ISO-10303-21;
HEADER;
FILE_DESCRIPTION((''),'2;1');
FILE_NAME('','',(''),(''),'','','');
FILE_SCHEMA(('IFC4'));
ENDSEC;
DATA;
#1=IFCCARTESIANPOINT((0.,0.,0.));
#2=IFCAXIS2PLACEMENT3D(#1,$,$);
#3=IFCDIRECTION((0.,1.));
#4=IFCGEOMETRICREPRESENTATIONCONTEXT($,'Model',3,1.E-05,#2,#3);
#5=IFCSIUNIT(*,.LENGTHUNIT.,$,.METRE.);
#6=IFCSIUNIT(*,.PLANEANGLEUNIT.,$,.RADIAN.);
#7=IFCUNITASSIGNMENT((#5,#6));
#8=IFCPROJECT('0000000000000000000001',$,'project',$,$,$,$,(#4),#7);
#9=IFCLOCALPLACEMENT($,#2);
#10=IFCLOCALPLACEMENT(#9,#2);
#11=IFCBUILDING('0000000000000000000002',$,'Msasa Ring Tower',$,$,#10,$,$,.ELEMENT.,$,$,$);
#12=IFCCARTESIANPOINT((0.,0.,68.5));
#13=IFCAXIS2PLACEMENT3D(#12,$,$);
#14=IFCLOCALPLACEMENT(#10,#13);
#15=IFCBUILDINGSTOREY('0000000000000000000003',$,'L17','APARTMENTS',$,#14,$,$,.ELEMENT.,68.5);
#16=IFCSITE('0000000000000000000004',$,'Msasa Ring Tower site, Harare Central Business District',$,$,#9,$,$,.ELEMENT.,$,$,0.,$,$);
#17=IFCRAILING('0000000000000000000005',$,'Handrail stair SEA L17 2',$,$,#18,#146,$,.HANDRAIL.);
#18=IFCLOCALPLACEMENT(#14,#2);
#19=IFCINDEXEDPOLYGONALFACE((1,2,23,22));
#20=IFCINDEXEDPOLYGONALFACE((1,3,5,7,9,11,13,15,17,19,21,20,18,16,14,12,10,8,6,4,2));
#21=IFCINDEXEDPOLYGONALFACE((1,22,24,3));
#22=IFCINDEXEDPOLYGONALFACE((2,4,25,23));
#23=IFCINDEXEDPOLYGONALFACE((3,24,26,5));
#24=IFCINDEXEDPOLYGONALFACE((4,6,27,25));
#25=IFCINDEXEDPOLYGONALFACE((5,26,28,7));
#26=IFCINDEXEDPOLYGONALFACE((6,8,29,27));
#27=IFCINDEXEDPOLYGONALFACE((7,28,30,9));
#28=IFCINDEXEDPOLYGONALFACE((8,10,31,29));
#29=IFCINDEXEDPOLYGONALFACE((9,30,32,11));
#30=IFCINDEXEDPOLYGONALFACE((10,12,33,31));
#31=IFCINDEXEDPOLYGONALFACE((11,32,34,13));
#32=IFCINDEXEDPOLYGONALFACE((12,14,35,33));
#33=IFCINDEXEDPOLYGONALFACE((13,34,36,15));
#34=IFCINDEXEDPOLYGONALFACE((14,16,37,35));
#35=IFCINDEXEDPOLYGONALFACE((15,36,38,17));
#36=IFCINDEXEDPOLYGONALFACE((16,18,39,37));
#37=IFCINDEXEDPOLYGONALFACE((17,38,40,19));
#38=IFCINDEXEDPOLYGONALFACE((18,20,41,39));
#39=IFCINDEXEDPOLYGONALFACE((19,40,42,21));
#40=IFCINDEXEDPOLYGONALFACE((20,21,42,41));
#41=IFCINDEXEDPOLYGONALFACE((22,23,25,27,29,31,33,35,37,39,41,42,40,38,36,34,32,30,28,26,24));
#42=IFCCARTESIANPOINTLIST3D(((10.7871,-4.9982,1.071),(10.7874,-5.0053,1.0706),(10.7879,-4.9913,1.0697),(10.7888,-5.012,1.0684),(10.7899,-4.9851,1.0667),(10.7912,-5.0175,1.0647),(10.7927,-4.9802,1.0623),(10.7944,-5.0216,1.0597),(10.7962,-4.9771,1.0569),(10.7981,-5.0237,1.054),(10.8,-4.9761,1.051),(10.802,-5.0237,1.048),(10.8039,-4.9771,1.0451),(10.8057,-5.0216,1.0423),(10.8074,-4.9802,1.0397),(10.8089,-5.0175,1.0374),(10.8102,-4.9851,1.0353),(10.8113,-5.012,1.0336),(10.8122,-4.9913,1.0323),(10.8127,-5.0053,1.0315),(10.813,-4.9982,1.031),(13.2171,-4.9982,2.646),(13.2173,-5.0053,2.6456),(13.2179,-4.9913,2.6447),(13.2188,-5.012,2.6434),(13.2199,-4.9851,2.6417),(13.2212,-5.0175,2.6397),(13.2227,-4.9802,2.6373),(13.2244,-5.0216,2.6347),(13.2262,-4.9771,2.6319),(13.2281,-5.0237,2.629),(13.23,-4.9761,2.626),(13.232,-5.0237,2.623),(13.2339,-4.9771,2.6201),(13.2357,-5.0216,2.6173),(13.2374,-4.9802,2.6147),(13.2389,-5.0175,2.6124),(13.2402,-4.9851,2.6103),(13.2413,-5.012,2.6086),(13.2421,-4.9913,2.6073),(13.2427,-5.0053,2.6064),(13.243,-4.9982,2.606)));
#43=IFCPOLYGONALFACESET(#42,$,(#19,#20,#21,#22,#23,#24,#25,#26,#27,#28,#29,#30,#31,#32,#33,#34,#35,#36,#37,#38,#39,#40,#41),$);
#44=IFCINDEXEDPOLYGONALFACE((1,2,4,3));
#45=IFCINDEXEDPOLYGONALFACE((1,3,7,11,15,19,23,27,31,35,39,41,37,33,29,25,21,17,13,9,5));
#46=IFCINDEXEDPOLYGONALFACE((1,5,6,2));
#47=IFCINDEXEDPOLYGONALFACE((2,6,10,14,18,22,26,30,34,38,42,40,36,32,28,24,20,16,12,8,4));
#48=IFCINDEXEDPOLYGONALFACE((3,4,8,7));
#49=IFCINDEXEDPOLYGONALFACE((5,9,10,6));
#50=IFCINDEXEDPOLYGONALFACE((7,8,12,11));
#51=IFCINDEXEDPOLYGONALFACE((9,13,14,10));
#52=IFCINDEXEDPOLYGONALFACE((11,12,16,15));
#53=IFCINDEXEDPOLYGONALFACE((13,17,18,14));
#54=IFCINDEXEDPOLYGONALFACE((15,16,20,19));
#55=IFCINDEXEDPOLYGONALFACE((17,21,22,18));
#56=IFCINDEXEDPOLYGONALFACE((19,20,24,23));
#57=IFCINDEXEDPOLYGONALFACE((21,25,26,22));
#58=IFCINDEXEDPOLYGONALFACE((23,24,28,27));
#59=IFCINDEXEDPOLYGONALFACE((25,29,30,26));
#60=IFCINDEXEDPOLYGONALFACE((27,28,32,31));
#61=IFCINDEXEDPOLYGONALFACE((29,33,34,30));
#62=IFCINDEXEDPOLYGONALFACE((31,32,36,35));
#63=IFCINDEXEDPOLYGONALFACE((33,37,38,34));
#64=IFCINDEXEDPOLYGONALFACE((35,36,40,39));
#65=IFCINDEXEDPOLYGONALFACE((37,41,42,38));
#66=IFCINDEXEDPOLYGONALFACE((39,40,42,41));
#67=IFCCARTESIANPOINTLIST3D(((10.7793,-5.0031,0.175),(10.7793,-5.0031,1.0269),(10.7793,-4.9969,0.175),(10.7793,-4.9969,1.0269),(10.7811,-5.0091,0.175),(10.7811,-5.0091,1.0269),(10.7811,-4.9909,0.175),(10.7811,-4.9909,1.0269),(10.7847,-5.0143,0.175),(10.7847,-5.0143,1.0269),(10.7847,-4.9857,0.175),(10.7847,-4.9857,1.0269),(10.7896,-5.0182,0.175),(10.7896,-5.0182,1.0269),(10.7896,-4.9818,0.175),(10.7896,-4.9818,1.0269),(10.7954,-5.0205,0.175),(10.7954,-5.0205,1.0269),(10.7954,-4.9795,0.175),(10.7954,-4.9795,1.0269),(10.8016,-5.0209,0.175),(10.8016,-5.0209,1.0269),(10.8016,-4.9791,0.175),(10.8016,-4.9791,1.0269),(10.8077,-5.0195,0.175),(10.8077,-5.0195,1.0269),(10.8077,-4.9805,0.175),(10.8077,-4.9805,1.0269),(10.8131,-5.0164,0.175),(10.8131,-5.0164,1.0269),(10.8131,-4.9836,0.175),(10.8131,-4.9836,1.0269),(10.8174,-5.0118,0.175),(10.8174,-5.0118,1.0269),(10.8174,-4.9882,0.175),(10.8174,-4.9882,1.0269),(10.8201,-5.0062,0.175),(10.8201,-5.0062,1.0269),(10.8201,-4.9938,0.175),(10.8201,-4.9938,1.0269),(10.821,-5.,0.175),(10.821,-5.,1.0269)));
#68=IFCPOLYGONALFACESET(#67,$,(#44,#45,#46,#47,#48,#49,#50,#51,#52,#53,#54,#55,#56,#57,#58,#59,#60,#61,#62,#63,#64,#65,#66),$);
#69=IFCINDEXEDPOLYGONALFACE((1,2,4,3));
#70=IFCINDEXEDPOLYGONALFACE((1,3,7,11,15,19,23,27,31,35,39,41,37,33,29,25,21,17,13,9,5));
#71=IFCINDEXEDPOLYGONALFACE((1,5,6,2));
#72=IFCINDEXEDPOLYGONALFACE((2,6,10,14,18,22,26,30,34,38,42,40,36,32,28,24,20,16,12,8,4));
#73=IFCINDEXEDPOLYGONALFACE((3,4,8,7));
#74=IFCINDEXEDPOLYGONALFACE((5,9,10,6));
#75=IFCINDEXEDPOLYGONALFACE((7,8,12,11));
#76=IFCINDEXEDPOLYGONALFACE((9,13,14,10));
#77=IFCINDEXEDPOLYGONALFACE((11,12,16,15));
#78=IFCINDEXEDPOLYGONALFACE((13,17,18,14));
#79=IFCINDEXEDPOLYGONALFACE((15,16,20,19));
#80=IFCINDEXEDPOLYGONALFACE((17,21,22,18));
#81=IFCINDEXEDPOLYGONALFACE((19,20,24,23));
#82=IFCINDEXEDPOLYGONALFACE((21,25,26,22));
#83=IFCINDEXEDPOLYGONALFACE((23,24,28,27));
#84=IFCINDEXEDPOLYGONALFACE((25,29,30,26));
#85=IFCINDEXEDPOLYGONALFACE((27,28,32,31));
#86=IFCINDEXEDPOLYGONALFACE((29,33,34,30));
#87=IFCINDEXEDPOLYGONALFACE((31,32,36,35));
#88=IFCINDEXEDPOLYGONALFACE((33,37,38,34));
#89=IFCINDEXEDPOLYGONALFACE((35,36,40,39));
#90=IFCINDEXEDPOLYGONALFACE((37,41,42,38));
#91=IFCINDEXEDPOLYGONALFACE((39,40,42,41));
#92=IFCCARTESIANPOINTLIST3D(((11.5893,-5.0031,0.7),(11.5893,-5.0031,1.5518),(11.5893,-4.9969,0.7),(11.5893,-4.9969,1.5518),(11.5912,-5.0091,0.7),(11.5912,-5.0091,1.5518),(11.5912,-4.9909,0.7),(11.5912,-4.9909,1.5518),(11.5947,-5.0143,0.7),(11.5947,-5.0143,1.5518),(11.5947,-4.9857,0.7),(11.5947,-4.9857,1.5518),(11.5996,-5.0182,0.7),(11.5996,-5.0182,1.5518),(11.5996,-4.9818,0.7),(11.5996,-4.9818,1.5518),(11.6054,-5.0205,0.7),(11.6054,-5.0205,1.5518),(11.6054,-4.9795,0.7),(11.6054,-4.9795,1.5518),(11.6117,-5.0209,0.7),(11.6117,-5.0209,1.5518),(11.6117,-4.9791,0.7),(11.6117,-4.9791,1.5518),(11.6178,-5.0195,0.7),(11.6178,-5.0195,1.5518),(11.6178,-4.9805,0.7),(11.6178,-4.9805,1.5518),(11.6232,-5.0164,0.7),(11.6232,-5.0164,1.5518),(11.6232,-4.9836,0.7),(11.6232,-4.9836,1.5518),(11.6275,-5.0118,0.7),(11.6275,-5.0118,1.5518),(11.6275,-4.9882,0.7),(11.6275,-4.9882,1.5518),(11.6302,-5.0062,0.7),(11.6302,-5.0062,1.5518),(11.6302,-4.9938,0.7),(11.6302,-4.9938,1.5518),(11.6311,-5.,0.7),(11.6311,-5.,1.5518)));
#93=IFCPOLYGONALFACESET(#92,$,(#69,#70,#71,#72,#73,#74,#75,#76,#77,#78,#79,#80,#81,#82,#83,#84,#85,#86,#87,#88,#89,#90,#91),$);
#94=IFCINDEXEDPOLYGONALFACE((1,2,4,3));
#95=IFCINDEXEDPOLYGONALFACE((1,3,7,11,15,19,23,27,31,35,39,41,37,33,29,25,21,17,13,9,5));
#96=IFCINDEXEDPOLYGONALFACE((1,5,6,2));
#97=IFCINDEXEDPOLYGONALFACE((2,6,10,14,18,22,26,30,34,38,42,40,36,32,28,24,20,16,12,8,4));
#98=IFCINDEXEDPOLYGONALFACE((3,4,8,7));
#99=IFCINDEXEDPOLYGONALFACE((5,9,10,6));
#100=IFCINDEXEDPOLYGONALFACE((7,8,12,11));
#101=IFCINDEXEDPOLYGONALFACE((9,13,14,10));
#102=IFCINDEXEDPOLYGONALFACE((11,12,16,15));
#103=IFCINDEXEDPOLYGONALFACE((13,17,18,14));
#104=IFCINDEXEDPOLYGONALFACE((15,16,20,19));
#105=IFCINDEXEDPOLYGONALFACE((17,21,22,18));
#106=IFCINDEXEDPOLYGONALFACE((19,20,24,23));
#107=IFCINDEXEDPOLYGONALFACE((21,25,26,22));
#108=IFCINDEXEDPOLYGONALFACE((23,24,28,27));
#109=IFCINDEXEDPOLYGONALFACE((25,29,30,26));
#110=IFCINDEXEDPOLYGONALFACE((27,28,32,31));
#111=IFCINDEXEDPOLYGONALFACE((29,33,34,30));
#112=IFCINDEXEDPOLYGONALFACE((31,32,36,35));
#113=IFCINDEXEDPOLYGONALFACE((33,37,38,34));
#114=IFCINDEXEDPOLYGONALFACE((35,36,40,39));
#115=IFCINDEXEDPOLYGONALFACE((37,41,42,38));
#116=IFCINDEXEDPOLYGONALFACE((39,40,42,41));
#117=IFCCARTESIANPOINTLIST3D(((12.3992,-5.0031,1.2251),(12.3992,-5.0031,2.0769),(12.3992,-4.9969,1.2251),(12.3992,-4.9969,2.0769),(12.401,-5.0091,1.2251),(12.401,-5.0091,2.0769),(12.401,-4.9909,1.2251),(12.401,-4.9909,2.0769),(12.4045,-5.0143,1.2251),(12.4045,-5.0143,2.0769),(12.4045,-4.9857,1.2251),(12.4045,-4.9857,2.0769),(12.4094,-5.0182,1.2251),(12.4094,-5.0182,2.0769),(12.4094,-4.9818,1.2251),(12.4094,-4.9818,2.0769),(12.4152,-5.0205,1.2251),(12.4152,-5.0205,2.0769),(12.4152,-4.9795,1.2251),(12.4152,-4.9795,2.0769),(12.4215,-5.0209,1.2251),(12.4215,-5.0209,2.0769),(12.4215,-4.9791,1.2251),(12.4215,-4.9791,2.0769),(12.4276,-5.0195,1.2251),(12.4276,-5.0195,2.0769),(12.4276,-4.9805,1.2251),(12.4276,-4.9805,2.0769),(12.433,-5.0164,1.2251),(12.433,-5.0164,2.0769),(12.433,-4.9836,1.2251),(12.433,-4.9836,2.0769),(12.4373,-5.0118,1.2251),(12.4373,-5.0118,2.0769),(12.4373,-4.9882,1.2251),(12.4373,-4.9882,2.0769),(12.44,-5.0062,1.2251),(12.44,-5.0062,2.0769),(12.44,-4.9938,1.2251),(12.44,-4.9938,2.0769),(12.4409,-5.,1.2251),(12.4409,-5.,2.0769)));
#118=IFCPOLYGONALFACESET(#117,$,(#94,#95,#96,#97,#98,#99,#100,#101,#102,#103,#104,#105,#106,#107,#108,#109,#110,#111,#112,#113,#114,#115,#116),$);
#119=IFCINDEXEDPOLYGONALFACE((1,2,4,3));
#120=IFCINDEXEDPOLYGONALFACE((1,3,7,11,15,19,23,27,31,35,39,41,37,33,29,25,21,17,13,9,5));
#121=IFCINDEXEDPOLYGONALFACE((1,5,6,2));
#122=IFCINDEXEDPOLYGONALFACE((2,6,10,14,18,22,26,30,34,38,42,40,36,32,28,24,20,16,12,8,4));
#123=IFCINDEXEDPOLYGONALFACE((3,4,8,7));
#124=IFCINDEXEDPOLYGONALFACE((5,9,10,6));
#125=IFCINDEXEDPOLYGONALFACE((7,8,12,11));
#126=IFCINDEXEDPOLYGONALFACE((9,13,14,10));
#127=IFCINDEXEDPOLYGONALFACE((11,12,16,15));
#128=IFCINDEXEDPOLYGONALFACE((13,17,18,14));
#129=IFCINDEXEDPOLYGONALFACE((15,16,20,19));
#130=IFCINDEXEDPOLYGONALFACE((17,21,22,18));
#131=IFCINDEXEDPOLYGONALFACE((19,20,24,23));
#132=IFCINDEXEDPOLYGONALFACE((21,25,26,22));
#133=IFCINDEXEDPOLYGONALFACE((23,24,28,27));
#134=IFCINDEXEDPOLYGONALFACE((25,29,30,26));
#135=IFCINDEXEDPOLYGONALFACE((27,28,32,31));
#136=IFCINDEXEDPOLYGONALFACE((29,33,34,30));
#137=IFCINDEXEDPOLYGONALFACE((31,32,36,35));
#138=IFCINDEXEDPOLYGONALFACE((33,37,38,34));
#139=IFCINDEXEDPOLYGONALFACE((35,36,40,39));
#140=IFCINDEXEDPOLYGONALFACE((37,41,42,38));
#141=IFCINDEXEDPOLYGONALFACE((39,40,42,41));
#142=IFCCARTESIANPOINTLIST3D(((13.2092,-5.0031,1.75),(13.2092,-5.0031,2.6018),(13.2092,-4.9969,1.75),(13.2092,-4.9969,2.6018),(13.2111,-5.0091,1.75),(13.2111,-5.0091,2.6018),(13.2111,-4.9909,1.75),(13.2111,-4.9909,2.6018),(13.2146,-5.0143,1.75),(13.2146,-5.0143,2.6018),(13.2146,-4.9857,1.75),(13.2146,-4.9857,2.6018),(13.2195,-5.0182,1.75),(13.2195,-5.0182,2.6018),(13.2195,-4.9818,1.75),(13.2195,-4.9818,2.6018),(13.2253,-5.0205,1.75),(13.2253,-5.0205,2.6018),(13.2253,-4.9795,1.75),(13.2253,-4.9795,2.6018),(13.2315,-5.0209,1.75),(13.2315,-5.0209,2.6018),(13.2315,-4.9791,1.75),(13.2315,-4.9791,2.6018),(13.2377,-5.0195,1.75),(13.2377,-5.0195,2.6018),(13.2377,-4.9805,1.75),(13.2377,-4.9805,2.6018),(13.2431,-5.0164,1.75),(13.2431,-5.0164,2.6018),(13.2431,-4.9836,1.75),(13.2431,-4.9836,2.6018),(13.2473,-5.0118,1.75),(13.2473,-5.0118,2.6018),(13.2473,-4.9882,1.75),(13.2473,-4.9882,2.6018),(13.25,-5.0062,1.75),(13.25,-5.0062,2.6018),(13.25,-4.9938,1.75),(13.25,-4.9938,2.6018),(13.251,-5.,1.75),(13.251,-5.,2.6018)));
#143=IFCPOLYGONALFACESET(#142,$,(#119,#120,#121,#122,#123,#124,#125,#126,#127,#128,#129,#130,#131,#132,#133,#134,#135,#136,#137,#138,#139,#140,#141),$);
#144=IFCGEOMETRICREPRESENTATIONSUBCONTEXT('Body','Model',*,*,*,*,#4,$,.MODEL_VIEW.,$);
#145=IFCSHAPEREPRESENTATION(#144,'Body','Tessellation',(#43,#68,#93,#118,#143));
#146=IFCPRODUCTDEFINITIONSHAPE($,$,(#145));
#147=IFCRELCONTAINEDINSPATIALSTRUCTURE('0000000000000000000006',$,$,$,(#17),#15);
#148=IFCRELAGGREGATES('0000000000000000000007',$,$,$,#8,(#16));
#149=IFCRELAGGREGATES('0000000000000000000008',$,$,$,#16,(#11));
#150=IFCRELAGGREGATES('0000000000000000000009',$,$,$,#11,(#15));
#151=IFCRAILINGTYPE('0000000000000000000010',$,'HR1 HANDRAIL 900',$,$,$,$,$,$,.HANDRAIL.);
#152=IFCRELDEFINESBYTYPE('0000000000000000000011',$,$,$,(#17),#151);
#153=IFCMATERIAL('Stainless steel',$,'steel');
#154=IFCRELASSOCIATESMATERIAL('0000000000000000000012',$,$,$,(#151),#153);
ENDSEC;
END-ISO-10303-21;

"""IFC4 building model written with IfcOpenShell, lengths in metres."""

from ifc_helpers import new_model, si_unit, direction, frame, origin, origin_2d, place, context, subcontext, project, spatial, circle, extrude, material, type_object, element, save


model = new_model("IFC4")

# Units and contexts
model_context = context("Model", 3, precision=1e-05, world=origin(), true_north=direction((0.0, 1.0)))
body_context = subcontext(model_context, "Body", "Model", "MODEL_VIEW")
ifc_project = project(units=[si_unit("LENGTHUNIT", "METRE"), si_unit("PLANEANGLEUNIT", "RADIAN")], contexts=[model_context])

# Site, building, storey
site_placement = place(None, origin())
site = spatial("IfcSite", under=ifc_project, at=site_placement, Name="Msasa Ring Tower site, Harare Central Business District", CompositionType="ELEMENT", RefElevation=0.0)
building_placement = place(site_placement, origin())
building = spatial("IfcBuilding", under=site, at=building_placement, Name="Msasa Ring Tower", CompositionType="ELEMENT")
storey_placement = place(building_placement, frame((0.0, 0.0, 68.5)))
storey = spatial("IfcBuildingStorey", under=building, at=storey_placement, Name="L17", Description="APARTMENTS", CompositionType="ELEMENT", Elevation=68.5)

# Railing
ifc_material_1 = material(Name="Stainless steel", Category="steel")
railing_type = type_object("IfcRailingType", Name="HR1 HANDRAIL 900", PredefinedType="HANDRAIL", material=ifc_material_1)
for number, where, name in (
    (1, (10.8, -5.0, 0.175), "Handrail stair SEA L17 2"),
):
    element("IfcRailing", number, at=place(storey_placement, frame(where)), inside=storey, type_object=railing_type, Name=name, PredefinedType="HANDRAIL", context=body_context, shape_type="SweptSolid", body=[
        extrude(circle(Radius=0.0239, at=origin_2d()), frame((0.0, 0.0, 0.876), z_axis=(0.839154, 0.0, 0.543894), x_axis=(0.0, 1.0, 0.0)), (0.0, 0.0, 1.0), 2.8958),
        extrude(circle(Radius=0.021, at=origin_2d()), origin(), (0.0, 0.0, 1.0), 0.8518),
        extrude(circle(Radius=0.021, at=origin_2d()), frame((0.8101, 0.0, 0.5249)), (0.0, 0.0, 1.0), 0.8518),
        extrude(circle(Radius=0.021, at=origin_2d()), frame((1.6199, 0.0, 1.05)), (0.0, 0.0, 1.0), 0.8518),
        extrude(circle(Radius=0.021, at=origin_2d()), frame((2.4299, 0.0, 1.575)), (0.0, 0.0, 1.0), 0.8518),
    ])

save(model, "model.ifc")
